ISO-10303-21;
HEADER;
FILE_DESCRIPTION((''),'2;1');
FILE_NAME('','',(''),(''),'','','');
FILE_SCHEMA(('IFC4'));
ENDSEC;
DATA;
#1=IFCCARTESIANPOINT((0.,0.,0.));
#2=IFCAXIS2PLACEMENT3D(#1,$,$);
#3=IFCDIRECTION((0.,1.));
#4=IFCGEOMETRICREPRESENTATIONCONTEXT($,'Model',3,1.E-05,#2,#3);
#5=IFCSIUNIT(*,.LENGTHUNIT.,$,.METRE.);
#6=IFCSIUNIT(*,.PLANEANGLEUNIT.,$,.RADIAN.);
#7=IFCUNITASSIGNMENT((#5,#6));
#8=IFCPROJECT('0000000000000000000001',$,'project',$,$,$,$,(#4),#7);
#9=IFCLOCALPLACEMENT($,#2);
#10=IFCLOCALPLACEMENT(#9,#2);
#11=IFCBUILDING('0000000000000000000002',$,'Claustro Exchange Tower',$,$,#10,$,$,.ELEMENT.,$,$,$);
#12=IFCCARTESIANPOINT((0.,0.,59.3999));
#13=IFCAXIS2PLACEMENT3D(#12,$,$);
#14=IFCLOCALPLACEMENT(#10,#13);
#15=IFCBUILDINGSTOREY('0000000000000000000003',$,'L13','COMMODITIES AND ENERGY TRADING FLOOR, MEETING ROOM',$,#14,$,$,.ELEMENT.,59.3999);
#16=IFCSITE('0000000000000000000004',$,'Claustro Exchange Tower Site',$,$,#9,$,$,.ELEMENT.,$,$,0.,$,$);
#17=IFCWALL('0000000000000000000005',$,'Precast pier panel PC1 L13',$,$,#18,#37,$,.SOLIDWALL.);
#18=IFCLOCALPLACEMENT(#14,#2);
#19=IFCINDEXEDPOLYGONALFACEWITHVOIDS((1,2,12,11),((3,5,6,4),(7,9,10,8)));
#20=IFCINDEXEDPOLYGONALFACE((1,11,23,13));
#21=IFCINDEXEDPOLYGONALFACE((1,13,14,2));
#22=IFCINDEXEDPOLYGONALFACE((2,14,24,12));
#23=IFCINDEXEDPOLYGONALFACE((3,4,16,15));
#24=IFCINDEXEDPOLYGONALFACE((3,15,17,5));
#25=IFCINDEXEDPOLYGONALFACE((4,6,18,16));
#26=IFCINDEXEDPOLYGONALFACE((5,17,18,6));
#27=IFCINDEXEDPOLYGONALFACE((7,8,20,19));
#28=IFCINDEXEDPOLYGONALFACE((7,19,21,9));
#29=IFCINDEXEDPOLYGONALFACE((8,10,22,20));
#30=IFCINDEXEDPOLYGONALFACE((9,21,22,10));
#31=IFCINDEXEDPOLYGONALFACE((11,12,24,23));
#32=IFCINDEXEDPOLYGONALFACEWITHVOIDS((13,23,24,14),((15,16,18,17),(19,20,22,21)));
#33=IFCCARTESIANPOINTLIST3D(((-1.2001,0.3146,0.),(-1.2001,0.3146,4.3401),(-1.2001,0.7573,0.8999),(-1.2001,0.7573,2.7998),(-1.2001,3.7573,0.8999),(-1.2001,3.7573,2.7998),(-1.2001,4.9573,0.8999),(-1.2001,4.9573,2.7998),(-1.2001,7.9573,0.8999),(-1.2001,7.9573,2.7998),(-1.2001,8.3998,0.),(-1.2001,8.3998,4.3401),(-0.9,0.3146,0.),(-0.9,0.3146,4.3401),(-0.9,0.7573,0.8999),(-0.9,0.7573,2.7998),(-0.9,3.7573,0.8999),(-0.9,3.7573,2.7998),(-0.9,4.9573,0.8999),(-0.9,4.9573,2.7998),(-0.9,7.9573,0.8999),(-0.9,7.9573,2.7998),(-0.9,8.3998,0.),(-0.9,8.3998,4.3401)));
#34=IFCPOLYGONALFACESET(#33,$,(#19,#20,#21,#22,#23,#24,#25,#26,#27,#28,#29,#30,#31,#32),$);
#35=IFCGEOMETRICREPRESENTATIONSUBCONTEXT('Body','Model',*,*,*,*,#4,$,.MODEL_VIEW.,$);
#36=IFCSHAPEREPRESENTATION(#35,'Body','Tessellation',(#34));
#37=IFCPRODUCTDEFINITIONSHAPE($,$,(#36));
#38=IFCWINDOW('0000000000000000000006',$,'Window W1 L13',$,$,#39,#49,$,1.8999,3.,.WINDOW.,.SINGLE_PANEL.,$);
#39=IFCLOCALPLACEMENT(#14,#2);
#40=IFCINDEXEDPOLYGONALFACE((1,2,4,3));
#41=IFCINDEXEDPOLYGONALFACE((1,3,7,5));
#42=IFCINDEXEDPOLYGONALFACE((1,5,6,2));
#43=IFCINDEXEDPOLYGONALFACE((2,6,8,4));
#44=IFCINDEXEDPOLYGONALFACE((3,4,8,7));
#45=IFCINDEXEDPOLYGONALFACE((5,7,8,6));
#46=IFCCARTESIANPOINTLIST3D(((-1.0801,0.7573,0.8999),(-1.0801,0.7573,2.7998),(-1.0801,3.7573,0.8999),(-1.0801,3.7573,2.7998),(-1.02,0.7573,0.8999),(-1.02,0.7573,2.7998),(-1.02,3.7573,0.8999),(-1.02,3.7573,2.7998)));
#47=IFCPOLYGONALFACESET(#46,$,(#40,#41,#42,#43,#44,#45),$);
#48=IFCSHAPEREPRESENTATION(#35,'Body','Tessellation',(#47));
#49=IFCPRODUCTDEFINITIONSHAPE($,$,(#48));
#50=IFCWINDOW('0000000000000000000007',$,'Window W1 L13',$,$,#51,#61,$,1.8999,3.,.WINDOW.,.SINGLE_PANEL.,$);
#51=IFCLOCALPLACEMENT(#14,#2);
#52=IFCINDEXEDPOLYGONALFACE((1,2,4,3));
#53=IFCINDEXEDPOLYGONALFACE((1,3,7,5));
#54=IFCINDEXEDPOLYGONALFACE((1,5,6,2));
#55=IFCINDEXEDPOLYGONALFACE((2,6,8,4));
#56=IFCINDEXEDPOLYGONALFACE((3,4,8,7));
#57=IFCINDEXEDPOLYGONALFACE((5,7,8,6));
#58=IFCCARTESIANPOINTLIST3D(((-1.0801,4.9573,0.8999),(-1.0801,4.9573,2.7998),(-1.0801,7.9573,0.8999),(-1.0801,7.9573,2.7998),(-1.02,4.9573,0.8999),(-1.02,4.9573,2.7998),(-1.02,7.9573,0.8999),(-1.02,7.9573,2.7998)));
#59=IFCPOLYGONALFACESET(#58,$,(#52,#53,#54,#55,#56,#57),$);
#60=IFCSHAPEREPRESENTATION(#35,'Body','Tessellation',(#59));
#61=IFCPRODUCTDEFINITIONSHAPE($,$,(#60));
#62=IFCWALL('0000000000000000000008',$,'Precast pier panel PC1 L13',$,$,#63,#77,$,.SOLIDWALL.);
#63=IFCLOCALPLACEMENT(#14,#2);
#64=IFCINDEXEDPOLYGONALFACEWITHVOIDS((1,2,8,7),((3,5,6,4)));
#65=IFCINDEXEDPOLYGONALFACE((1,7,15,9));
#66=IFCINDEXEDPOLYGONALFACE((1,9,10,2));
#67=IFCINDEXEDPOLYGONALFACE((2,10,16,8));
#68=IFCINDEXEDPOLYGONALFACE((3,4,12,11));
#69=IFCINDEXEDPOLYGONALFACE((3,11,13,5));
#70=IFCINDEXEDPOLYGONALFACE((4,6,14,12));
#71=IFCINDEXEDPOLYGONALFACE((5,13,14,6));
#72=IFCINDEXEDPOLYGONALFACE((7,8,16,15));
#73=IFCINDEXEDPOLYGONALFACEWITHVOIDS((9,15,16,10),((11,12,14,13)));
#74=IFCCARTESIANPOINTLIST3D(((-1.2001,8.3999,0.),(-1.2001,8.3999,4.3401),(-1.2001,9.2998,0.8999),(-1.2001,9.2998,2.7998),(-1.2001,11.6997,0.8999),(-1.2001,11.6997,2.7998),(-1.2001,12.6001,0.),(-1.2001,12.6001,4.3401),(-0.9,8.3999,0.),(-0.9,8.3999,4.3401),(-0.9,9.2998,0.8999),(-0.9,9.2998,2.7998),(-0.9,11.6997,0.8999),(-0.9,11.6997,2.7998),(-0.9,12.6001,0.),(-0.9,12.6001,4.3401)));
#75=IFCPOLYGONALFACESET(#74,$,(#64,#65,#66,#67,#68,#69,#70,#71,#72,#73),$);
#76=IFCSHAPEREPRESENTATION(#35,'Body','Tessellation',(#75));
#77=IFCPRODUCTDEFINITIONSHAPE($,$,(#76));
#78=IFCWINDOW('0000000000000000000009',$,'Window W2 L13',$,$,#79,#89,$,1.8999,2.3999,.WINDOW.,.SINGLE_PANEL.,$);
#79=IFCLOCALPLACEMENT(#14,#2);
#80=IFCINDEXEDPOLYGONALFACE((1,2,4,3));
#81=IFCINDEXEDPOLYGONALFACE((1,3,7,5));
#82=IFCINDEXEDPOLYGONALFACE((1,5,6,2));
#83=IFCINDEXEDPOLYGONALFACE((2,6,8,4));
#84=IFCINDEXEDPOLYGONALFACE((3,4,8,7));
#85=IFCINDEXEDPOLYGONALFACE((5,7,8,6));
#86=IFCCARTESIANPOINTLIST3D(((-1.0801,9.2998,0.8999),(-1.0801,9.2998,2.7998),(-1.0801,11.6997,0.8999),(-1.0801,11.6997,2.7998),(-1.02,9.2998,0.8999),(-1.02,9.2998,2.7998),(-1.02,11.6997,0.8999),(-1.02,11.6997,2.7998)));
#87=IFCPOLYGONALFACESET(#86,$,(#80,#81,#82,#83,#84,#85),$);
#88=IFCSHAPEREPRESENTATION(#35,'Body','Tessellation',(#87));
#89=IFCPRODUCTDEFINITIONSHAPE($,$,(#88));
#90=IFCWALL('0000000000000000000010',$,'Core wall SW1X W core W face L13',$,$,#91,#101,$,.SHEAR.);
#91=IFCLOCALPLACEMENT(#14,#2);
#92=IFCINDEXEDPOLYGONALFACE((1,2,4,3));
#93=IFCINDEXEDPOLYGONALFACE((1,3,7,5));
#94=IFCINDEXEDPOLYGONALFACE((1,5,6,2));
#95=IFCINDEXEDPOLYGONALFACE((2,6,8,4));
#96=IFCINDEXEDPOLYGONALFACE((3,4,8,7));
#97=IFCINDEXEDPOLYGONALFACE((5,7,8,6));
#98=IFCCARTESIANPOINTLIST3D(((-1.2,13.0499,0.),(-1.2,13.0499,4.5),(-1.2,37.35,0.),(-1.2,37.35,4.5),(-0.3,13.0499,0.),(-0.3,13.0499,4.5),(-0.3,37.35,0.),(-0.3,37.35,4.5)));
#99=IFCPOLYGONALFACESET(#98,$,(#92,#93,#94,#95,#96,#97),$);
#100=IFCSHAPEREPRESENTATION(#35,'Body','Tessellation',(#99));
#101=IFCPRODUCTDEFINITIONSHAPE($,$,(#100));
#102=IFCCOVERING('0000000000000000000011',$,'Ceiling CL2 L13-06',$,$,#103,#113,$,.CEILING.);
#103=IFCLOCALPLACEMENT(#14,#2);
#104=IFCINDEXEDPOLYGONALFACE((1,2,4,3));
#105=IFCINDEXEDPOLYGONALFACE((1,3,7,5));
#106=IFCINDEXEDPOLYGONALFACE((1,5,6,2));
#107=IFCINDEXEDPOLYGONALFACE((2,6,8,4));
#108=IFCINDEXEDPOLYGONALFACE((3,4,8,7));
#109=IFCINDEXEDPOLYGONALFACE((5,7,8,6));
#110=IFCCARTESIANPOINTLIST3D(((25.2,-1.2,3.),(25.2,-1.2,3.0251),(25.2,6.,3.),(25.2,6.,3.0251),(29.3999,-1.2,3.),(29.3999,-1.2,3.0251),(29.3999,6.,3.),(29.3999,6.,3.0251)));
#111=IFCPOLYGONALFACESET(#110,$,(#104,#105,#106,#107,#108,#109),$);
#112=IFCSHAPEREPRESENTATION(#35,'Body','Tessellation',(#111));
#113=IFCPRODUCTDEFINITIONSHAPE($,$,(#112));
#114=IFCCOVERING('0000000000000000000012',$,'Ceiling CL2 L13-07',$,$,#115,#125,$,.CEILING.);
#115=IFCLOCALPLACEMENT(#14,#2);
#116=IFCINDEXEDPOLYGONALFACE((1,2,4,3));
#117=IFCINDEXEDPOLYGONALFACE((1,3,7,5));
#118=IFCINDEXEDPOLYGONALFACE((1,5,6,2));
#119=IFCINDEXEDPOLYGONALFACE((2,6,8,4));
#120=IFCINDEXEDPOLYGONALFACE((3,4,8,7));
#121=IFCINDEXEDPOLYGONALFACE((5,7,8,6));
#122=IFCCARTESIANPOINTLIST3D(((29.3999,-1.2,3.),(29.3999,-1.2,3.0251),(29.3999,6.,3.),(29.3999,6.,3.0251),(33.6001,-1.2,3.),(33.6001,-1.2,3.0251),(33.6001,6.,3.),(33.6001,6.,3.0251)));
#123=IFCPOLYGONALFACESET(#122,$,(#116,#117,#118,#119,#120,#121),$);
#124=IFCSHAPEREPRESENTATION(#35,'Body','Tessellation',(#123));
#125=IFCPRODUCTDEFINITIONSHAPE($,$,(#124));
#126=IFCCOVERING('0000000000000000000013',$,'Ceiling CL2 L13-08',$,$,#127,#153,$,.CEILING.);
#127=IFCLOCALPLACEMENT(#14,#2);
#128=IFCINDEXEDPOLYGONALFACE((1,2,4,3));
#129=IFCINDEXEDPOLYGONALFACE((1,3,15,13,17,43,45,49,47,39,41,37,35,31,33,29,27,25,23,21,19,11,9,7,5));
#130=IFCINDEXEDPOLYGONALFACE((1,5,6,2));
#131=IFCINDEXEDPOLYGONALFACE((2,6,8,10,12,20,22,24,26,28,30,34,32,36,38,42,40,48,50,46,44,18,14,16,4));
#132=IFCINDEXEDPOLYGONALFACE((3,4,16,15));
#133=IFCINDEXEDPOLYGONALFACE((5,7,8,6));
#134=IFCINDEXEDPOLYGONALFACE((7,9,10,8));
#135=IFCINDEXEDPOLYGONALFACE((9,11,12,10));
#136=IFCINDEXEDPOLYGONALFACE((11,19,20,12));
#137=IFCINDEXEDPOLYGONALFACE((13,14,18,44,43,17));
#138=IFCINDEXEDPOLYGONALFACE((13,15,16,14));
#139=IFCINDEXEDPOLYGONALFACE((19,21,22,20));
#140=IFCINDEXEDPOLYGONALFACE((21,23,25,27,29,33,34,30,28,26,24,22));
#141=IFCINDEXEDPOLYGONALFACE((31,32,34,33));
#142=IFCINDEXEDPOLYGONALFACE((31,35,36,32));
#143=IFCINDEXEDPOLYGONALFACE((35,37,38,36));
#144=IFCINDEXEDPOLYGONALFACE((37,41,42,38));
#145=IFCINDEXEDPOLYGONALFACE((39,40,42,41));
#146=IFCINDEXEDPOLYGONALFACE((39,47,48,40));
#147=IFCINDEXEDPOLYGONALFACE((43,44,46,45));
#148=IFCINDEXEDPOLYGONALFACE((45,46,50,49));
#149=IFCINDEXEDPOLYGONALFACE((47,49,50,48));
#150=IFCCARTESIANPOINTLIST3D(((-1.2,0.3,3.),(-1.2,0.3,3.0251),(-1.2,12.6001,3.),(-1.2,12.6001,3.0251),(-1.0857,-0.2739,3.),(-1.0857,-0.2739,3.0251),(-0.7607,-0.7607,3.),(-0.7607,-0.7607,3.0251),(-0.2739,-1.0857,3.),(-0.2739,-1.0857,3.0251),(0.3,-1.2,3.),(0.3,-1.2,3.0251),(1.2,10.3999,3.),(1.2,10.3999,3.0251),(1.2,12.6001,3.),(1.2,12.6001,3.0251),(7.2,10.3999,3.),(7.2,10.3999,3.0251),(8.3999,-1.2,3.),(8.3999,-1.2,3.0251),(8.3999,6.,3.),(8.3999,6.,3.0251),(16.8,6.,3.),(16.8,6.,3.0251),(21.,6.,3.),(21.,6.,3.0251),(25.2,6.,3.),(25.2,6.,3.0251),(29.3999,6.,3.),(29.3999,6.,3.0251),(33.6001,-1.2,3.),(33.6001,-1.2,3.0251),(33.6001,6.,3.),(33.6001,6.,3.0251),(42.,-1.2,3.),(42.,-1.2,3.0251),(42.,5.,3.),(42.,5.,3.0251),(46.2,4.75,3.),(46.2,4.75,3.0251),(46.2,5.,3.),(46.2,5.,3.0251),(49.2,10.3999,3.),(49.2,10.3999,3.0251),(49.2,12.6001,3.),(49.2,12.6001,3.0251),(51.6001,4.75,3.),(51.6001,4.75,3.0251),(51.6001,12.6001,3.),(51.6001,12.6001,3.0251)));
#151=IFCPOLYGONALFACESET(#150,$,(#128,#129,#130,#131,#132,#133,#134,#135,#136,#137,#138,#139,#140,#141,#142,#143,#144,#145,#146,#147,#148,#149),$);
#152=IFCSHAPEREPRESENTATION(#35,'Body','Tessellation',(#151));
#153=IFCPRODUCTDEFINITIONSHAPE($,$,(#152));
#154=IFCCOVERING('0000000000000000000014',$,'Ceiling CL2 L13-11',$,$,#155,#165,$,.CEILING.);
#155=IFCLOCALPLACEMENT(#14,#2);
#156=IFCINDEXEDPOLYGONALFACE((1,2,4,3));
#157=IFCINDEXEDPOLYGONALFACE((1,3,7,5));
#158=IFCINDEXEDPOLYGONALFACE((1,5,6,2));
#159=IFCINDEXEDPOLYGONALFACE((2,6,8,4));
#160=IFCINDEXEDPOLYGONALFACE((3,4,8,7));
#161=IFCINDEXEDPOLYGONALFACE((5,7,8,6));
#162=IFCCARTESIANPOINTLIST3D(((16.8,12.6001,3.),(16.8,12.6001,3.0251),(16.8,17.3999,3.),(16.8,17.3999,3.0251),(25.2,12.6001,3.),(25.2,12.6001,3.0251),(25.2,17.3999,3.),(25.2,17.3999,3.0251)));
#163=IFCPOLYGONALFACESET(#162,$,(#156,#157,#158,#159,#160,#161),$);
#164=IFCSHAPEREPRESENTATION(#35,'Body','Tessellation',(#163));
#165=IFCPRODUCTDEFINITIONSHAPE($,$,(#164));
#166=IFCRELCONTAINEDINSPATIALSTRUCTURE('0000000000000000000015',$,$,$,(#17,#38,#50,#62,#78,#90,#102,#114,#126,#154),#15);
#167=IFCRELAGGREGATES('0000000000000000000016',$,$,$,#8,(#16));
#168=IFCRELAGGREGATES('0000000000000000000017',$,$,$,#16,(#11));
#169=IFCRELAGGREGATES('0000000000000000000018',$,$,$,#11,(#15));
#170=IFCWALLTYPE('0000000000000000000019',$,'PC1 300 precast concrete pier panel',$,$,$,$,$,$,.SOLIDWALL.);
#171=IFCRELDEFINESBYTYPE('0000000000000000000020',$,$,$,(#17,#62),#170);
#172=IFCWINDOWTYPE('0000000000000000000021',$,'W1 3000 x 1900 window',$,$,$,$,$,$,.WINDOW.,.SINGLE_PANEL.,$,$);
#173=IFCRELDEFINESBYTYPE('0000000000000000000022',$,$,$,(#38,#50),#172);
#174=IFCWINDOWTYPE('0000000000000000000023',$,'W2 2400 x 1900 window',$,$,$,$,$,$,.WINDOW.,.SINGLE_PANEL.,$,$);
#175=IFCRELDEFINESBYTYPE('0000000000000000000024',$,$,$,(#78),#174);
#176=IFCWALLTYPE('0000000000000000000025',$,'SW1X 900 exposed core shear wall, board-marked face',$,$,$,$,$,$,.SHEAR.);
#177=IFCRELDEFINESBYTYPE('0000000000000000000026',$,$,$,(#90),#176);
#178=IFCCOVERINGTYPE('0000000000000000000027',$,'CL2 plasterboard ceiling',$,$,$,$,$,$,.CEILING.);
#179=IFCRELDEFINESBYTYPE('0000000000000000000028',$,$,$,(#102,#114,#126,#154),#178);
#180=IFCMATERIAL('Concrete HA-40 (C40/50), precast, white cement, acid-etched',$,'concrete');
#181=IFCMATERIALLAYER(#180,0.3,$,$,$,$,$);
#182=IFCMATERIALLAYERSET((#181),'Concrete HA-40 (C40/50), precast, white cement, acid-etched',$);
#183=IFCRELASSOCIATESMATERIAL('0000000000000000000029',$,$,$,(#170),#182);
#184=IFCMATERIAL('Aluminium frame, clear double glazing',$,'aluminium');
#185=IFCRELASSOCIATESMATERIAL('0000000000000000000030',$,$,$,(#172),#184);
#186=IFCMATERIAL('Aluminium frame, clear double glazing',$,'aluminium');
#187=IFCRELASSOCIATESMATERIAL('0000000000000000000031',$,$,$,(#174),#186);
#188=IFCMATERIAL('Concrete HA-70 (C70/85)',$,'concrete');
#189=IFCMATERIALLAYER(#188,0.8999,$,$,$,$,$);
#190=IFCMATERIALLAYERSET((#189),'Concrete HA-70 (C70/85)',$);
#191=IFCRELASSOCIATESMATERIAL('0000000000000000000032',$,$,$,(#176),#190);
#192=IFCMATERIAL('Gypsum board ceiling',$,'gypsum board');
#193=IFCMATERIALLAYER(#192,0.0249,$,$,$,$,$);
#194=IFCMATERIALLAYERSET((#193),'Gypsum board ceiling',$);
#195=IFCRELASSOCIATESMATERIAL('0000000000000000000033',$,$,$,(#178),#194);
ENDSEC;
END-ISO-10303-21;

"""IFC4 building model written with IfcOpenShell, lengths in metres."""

from ifc_helpers import new_model, si_unit, direction, frame, frame_2d, origin, place, context, subcontext, project, spatial, polyline, rectangle, outline, extrude, material, layer, layer_set, type_object, element, fill, save


model = new_model("IFC4")

# Units and contexts
model_context = context("Model", 3, precision=1e-05, world=origin(), true_north=direction((0.0, 1.0)))
body_context = subcontext(model_context, "Body", "Model", "MODEL_VIEW")
ifc_project = project(units=[si_unit("LENGTHUNIT", "METRE"), si_unit("PLANEANGLEUNIT", "RADIAN")], contexts=[model_context])

# Site, building, storey
site_placement = place(None, origin())
site = spatial("IfcSite", under=ifc_project, at=site_placement, Name="Claustro Exchange Tower Site", CompositionType="ELEMENT", RefElevation=0.0)
building_placement = place(site_placement, origin())
building = spatial("IfcBuilding", under=site, at=building_placement, Name="Claustro Exchange Tower", CompositionType="ELEMENT")
storey_placement = place(building_placement, frame((0.0, 0.0, 59.3999)))
storey = spatial("IfcBuildingStorey", under=building, at=storey_placement, Name="L13", Description="COMMODITIES AND ENERGY TRADING FLOOR, MEETING ROOM", CompositionType="ELEMENT", Elevation=59.3999)

# Wall, openings, windows
ifc_material_1 = material(Name="Concrete HA-40 (C40/50), precast, white cement, acid-etched", Category="concrete")
ifc_layer_1 = layer(ifc_material_1, 0.3)
ifc_layer_set_1 = layer_set([ifc_layer_1], Name="Concrete HA-40 (C40/50), precast, white cement, acid-etched")
wall_type_1 = type_object("IfcWallType", Name="PC1 300 precast concrete pier panel", PredefinedType="SOLIDWALL", material=ifc_layer_set_1)
wall_1_placement = place(storey_placement, frame((-1.05, 0.3147, 0.0), z_axis=(0.0, 0.0, 1.0), x_axis=(0.0, 1.0, 0.0)))
wall_1 = element("IfcWall", 1, at=wall_1_placement, inside=storey, type_object=wall_type_1, Name="Precast pier panel PC1 L13", PredefinedType="SOLIDWALL", context=body_context, shape_type="SweptSolid", body=[
    extrude(rectangle(XDim=8.0852, YDim=0.3, at=frame_2d((4.0425, 0.0))), origin(), (0.0, 0.0, 1.0), 4.3401),
])
opening_1_placement = place(wall_1_placement, frame((0.4426, 0.0, 0.8999)))
opening_1 = element("IfcOpeningElement", 2, at=opening_1_placement, cuts=wall_1, PredefinedType="OPENING", context=body_context, shape_type="SweptSolid", body=[
    extrude(rectangle(XDim=3.0, YDim=1.8999, at=frame_2d((1.5, 0.95))), frame((0.0, 0.1599, 0.0), z_axis=(0.0, -1.0, 0.0), x_axis=(1.0, 0.0, 0.0)), (0.0, 0.0, 1.0), 0.3201),
])
opening_2_placement = place(wall_1_placement, frame((4.6426, 0.0, 0.8999)))
opening_2 = element("IfcOpeningElement", 3, at=opening_2_placement, cuts=wall_1, PredefinedType="OPENING", context=body_context, shape_type="SweptSolid", body=[
    extrude(rectangle(XDim=3.0, YDim=1.8999, at=frame_2d((1.5, 0.95))), frame((0.0, 0.1599, 0.0), z_axis=(0.0, -1.0, 0.0), x_axis=(1.0, 0.0, 0.0)), (0.0, 0.0, 1.0), 0.3201),
])
ifc_material_2 = material(Name="Aluminium frame, clear double glazing", Category="aluminium")
window_type_1 = type_object("IfcWindowType", Name="W1 3000 x 1900 window", PartitioningType="SINGLE_PANEL", PredefinedType="WINDOW", material=ifc_material_2)
window_1_placement = place(opening_1_placement, origin())
window_1 = element("IfcWindow", 4, at=window_1_placement, inside=storey, type_object=window_type_1, Name="Window W1 L13", OverallHeight=1.8999, OverallWidth=3.0, PartitioningType="SINGLE_PANEL", PredefinedType="WINDOW", context=body_context, shape_type="SweptSolid", body=[
    extrude(rectangle(XDim=3.0, YDim=1.8999, at=frame_2d((1.5, 0.95))), frame((0.0, 0.03, 0.0), z_axis=(0.0, -1.0, 0.0), x_axis=(1.0, 0.0, 0.0)), (0.0, 0.0, 1.0), 0.0601),
])
fill(opening_1, window_1)
window_2_placement = place(opening_2_placement, origin())
window_2 = element("IfcWindow", 5, at=window_2_placement, inside=storey, type_object=window_type_1, Name="Window W1 L13", OverallHeight=1.8999, OverallWidth=3.0, PartitioningType="SINGLE_PANEL", PredefinedType="WINDOW", context=body_context, shape_type="SweptSolid", body=[
    extrude(rectangle(XDim=3.0, YDim=1.8999, at=frame_2d((1.5, 0.95))), frame((0.0, 0.03, 0.0), z_axis=(0.0, -1.0, 0.0), x_axis=(1.0, 0.0, 0.0)), (0.0, 0.0, 1.0), 0.0601),
])
fill(opening_2, window_2)

# Wall, opening, window
wall_2_placement = place(storey_placement, frame((-1.05, 8.3999, 0.0), z_axis=(0.0, 0.0, 1.0), x_axis=(0.0, 1.0, 0.0)))
wall_2 = element("IfcWall", 6, at=wall_2_placement, inside=storey, type_object=wall_type_1, Name="Precast pier panel PC1 L13", PredefinedType="SOLIDWALL", context=body_context, shape_type="SweptSolid", body=[
    extrude(rectangle(XDim=4.2002, YDim=0.3, at=frame_2d((2.1001, 0.0))), origin(), (0.0, 0.0, 1.0), 4.3401),
])
opening_3_placement = place(wall_2_placement, frame((0.8999, 0.0, 0.8999)))
opening_3 = element("IfcOpeningElement", 7, at=opening_3_placement, cuts=wall_2, PredefinedType="OPENING", context=body_context, shape_type="SweptSolid", body=[
    extrude(rectangle(XDim=2.3999, YDim=1.8999, at=frame_2d((1.2, 0.95))), frame((0.0, 0.1599, 0.0), z_axis=(0.0, -1.0, 0.0), x_axis=(1.0, 0.0, 0.0)), (0.0, 0.0, 1.0), 0.3201),
])
ifc_material_3 = material(Name="Aluminium frame, clear double glazing", Category="aluminium")
window_type_2 = type_object("IfcWindowType", Name="W2 2400 x 1900 window", PartitioningType="SINGLE_PANEL", PredefinedType="WINDOW", material=ifc_material_3)
window_3_placement = place(opening_3_placement, origin())
window_3 = element("IfcWindow", 8, at=window_3_placement, inside=storey, type_object=window_type_2, Name="Window W2 L13", OverallHeight=1.8999, OverallWidth=2.3999, PartitioningType="SINGLE_PANEL", PredefinedType="WINDOW", context=body_context, shape_type="SweptSolid", body=[
    extrude(rectangle(XDim=2.3999, YDim=1.8999, at=frame_2d((1.2, 0.95))), frame((0.0, 0.03, 0.0), z_axis=(0.0, -1.0, 0.0), x_axis=(1.0, 0.0, 0.0)), (0.0, 0.0, 1.0), 0.0601),
])
fill(opening_3, window_3)

# Wall
ifc_material_4 = material(Name="Concrete HA-70 (C70/85)", Category="concrete")
ifc_layer_2 = layer(ifc_material_4, 0.8999)
ifc_layer_set_2 = layer_set([ifc_layer_2], Name="Concrete HA-70 (C70/85)")
wall_type_2 = type_object("IfcWallType", Name="SW1X 900 exposed core shear wall, board-marked face", PredefinedType="SHEAR", material=ifc_layer_set_2)
wall_3_placement = place(storey_placement, frame((-0.75, 13.05, 0.0), z_axis=(0.0, 0.0, 1.0), x_axis=(0.0, 1.0, 0.0)))
element("IfcWall", 9, at=wall_3_placement, inside=storey, type_object=wall_type_2, Name="Core wall SW1X W core W face L13", PredefinedType="SHEAR", context=body_context, shape_type="SweptSolid", body=[
    extrude(rectangle(XDim=24.3, YDim=0.8999, at=frame_2d((12.1499, 0.0))), origin(), (0.0, 0.0, 1.0), 4.5),
])

# Coverings
ifc_material_5 = material(Name="Gypsum board ceiling", Category="gypsum board")
ifc_layer_3 = layer(ifc_material_5, 0.0249)
ifc_layer_set_3 = layer_set([ifc_layer_3], Name="Gypsum board ceiling")
covering_type_1 = type_object("IfcCoveringType", Name="CL2 plasterboard ceiling", PredefinedType="CEILING", material=ifc_layer_set_3)
covering_1_placement = place(storey_placement, frame((0.0, 0.0, 3.0)))
element("IfcCovering", 10, at=covering_1_placement, inside=storey, type_object=covering_type_1, Name="Ceiling CL2 L13-06", PredefinedType="CEILING", context=body_context, shape_type="SweptSolid", body=[
    extrude(outline(polyline([(25.2, -1.2), (29.3999, -1.2), (29.3999, 6.0), (25.2, 6.0), (25.2, -1.2)])), origin(), (0.0, 0.0, 1.0), 0.0251),
])
covering_2_placement = place(storey_placement, frame((0.0, 0.0, 3.0)))
element("IfcCovering", 11, at=covering_2_placement, inside=storey, type_object=covering_type_1, Name="Ceiling CL2 L13-07", PredefinedType="CEILING", context=body_context, shape_type="SweptSolid", body=[
    extrude(outline(polyline([(29.3999, -1.2), (33.6001, -1.2), (33.6001, 6.0), (29.3999, 6.0), (29.3999, -1.2)])), origin(), (0.0, 0.0, 1.0), 0.0251),
])
covering_3_placement = place(storey_placement, frame((0.0, 0.0, 3.0)))
element("IfcCovering", 12, at=covering_3_placement, inside=storey, type_object=covering_type_1, Name="Ceiling CL2 L13-08", PredefinedType="CEILING", context=body_context, shape_type="SweptSolid", body=[
    extrude(outline(polyline([(-1.0857, -0.2739), (-0.7607, -0.7607), (-0.2739, -1.0857), (0.3, -1.2), (8.3999, -1.2), (8.3999, 6.0), (16.8, 6.0), (21.0, 6.0), (25.2, 6.0), (29.3999, 6.0), (33.6001, 6.0), (33.6001, -1.2), (42.0, -1.2), (42.0, 5.0), (46.2, 5.0), (46.2, 4.75), (51.6001, 4.75), (51.6001, 12.6001), (49.2, 12.6001), (49.2, 10.3999), (7.2, 10.3999), (1.2, 10.3999), (1.2, 12.6001), (-1.2, 12.6001), (-1.2, 0.3), (-1.0857, -0.2739)])), origin(), (0.0, 0.0, 1.0), 0.0251),
])
covering_4_placement = place(storey_placement, frame((0.0, 0.0, 3.0)))
element("IfcCovering", 13, at=covering_4_placement, inside=storey, type_object=covering_type_1, Name="Ceiling CL2 L13-11", PredefinedType="CEILING", context=body_context, shape_type="SweptSolid", body=[
    extrude(outline(polyline([(16.8, 17.3999), (16.8, 12.6001), (25.2, 12.6001), (25.2, 17.3999), (16.8, 17.3999)])), origin(), (0.0, 0.0, 1.0), 0.0251),
])

save(model, "model.ifc")
